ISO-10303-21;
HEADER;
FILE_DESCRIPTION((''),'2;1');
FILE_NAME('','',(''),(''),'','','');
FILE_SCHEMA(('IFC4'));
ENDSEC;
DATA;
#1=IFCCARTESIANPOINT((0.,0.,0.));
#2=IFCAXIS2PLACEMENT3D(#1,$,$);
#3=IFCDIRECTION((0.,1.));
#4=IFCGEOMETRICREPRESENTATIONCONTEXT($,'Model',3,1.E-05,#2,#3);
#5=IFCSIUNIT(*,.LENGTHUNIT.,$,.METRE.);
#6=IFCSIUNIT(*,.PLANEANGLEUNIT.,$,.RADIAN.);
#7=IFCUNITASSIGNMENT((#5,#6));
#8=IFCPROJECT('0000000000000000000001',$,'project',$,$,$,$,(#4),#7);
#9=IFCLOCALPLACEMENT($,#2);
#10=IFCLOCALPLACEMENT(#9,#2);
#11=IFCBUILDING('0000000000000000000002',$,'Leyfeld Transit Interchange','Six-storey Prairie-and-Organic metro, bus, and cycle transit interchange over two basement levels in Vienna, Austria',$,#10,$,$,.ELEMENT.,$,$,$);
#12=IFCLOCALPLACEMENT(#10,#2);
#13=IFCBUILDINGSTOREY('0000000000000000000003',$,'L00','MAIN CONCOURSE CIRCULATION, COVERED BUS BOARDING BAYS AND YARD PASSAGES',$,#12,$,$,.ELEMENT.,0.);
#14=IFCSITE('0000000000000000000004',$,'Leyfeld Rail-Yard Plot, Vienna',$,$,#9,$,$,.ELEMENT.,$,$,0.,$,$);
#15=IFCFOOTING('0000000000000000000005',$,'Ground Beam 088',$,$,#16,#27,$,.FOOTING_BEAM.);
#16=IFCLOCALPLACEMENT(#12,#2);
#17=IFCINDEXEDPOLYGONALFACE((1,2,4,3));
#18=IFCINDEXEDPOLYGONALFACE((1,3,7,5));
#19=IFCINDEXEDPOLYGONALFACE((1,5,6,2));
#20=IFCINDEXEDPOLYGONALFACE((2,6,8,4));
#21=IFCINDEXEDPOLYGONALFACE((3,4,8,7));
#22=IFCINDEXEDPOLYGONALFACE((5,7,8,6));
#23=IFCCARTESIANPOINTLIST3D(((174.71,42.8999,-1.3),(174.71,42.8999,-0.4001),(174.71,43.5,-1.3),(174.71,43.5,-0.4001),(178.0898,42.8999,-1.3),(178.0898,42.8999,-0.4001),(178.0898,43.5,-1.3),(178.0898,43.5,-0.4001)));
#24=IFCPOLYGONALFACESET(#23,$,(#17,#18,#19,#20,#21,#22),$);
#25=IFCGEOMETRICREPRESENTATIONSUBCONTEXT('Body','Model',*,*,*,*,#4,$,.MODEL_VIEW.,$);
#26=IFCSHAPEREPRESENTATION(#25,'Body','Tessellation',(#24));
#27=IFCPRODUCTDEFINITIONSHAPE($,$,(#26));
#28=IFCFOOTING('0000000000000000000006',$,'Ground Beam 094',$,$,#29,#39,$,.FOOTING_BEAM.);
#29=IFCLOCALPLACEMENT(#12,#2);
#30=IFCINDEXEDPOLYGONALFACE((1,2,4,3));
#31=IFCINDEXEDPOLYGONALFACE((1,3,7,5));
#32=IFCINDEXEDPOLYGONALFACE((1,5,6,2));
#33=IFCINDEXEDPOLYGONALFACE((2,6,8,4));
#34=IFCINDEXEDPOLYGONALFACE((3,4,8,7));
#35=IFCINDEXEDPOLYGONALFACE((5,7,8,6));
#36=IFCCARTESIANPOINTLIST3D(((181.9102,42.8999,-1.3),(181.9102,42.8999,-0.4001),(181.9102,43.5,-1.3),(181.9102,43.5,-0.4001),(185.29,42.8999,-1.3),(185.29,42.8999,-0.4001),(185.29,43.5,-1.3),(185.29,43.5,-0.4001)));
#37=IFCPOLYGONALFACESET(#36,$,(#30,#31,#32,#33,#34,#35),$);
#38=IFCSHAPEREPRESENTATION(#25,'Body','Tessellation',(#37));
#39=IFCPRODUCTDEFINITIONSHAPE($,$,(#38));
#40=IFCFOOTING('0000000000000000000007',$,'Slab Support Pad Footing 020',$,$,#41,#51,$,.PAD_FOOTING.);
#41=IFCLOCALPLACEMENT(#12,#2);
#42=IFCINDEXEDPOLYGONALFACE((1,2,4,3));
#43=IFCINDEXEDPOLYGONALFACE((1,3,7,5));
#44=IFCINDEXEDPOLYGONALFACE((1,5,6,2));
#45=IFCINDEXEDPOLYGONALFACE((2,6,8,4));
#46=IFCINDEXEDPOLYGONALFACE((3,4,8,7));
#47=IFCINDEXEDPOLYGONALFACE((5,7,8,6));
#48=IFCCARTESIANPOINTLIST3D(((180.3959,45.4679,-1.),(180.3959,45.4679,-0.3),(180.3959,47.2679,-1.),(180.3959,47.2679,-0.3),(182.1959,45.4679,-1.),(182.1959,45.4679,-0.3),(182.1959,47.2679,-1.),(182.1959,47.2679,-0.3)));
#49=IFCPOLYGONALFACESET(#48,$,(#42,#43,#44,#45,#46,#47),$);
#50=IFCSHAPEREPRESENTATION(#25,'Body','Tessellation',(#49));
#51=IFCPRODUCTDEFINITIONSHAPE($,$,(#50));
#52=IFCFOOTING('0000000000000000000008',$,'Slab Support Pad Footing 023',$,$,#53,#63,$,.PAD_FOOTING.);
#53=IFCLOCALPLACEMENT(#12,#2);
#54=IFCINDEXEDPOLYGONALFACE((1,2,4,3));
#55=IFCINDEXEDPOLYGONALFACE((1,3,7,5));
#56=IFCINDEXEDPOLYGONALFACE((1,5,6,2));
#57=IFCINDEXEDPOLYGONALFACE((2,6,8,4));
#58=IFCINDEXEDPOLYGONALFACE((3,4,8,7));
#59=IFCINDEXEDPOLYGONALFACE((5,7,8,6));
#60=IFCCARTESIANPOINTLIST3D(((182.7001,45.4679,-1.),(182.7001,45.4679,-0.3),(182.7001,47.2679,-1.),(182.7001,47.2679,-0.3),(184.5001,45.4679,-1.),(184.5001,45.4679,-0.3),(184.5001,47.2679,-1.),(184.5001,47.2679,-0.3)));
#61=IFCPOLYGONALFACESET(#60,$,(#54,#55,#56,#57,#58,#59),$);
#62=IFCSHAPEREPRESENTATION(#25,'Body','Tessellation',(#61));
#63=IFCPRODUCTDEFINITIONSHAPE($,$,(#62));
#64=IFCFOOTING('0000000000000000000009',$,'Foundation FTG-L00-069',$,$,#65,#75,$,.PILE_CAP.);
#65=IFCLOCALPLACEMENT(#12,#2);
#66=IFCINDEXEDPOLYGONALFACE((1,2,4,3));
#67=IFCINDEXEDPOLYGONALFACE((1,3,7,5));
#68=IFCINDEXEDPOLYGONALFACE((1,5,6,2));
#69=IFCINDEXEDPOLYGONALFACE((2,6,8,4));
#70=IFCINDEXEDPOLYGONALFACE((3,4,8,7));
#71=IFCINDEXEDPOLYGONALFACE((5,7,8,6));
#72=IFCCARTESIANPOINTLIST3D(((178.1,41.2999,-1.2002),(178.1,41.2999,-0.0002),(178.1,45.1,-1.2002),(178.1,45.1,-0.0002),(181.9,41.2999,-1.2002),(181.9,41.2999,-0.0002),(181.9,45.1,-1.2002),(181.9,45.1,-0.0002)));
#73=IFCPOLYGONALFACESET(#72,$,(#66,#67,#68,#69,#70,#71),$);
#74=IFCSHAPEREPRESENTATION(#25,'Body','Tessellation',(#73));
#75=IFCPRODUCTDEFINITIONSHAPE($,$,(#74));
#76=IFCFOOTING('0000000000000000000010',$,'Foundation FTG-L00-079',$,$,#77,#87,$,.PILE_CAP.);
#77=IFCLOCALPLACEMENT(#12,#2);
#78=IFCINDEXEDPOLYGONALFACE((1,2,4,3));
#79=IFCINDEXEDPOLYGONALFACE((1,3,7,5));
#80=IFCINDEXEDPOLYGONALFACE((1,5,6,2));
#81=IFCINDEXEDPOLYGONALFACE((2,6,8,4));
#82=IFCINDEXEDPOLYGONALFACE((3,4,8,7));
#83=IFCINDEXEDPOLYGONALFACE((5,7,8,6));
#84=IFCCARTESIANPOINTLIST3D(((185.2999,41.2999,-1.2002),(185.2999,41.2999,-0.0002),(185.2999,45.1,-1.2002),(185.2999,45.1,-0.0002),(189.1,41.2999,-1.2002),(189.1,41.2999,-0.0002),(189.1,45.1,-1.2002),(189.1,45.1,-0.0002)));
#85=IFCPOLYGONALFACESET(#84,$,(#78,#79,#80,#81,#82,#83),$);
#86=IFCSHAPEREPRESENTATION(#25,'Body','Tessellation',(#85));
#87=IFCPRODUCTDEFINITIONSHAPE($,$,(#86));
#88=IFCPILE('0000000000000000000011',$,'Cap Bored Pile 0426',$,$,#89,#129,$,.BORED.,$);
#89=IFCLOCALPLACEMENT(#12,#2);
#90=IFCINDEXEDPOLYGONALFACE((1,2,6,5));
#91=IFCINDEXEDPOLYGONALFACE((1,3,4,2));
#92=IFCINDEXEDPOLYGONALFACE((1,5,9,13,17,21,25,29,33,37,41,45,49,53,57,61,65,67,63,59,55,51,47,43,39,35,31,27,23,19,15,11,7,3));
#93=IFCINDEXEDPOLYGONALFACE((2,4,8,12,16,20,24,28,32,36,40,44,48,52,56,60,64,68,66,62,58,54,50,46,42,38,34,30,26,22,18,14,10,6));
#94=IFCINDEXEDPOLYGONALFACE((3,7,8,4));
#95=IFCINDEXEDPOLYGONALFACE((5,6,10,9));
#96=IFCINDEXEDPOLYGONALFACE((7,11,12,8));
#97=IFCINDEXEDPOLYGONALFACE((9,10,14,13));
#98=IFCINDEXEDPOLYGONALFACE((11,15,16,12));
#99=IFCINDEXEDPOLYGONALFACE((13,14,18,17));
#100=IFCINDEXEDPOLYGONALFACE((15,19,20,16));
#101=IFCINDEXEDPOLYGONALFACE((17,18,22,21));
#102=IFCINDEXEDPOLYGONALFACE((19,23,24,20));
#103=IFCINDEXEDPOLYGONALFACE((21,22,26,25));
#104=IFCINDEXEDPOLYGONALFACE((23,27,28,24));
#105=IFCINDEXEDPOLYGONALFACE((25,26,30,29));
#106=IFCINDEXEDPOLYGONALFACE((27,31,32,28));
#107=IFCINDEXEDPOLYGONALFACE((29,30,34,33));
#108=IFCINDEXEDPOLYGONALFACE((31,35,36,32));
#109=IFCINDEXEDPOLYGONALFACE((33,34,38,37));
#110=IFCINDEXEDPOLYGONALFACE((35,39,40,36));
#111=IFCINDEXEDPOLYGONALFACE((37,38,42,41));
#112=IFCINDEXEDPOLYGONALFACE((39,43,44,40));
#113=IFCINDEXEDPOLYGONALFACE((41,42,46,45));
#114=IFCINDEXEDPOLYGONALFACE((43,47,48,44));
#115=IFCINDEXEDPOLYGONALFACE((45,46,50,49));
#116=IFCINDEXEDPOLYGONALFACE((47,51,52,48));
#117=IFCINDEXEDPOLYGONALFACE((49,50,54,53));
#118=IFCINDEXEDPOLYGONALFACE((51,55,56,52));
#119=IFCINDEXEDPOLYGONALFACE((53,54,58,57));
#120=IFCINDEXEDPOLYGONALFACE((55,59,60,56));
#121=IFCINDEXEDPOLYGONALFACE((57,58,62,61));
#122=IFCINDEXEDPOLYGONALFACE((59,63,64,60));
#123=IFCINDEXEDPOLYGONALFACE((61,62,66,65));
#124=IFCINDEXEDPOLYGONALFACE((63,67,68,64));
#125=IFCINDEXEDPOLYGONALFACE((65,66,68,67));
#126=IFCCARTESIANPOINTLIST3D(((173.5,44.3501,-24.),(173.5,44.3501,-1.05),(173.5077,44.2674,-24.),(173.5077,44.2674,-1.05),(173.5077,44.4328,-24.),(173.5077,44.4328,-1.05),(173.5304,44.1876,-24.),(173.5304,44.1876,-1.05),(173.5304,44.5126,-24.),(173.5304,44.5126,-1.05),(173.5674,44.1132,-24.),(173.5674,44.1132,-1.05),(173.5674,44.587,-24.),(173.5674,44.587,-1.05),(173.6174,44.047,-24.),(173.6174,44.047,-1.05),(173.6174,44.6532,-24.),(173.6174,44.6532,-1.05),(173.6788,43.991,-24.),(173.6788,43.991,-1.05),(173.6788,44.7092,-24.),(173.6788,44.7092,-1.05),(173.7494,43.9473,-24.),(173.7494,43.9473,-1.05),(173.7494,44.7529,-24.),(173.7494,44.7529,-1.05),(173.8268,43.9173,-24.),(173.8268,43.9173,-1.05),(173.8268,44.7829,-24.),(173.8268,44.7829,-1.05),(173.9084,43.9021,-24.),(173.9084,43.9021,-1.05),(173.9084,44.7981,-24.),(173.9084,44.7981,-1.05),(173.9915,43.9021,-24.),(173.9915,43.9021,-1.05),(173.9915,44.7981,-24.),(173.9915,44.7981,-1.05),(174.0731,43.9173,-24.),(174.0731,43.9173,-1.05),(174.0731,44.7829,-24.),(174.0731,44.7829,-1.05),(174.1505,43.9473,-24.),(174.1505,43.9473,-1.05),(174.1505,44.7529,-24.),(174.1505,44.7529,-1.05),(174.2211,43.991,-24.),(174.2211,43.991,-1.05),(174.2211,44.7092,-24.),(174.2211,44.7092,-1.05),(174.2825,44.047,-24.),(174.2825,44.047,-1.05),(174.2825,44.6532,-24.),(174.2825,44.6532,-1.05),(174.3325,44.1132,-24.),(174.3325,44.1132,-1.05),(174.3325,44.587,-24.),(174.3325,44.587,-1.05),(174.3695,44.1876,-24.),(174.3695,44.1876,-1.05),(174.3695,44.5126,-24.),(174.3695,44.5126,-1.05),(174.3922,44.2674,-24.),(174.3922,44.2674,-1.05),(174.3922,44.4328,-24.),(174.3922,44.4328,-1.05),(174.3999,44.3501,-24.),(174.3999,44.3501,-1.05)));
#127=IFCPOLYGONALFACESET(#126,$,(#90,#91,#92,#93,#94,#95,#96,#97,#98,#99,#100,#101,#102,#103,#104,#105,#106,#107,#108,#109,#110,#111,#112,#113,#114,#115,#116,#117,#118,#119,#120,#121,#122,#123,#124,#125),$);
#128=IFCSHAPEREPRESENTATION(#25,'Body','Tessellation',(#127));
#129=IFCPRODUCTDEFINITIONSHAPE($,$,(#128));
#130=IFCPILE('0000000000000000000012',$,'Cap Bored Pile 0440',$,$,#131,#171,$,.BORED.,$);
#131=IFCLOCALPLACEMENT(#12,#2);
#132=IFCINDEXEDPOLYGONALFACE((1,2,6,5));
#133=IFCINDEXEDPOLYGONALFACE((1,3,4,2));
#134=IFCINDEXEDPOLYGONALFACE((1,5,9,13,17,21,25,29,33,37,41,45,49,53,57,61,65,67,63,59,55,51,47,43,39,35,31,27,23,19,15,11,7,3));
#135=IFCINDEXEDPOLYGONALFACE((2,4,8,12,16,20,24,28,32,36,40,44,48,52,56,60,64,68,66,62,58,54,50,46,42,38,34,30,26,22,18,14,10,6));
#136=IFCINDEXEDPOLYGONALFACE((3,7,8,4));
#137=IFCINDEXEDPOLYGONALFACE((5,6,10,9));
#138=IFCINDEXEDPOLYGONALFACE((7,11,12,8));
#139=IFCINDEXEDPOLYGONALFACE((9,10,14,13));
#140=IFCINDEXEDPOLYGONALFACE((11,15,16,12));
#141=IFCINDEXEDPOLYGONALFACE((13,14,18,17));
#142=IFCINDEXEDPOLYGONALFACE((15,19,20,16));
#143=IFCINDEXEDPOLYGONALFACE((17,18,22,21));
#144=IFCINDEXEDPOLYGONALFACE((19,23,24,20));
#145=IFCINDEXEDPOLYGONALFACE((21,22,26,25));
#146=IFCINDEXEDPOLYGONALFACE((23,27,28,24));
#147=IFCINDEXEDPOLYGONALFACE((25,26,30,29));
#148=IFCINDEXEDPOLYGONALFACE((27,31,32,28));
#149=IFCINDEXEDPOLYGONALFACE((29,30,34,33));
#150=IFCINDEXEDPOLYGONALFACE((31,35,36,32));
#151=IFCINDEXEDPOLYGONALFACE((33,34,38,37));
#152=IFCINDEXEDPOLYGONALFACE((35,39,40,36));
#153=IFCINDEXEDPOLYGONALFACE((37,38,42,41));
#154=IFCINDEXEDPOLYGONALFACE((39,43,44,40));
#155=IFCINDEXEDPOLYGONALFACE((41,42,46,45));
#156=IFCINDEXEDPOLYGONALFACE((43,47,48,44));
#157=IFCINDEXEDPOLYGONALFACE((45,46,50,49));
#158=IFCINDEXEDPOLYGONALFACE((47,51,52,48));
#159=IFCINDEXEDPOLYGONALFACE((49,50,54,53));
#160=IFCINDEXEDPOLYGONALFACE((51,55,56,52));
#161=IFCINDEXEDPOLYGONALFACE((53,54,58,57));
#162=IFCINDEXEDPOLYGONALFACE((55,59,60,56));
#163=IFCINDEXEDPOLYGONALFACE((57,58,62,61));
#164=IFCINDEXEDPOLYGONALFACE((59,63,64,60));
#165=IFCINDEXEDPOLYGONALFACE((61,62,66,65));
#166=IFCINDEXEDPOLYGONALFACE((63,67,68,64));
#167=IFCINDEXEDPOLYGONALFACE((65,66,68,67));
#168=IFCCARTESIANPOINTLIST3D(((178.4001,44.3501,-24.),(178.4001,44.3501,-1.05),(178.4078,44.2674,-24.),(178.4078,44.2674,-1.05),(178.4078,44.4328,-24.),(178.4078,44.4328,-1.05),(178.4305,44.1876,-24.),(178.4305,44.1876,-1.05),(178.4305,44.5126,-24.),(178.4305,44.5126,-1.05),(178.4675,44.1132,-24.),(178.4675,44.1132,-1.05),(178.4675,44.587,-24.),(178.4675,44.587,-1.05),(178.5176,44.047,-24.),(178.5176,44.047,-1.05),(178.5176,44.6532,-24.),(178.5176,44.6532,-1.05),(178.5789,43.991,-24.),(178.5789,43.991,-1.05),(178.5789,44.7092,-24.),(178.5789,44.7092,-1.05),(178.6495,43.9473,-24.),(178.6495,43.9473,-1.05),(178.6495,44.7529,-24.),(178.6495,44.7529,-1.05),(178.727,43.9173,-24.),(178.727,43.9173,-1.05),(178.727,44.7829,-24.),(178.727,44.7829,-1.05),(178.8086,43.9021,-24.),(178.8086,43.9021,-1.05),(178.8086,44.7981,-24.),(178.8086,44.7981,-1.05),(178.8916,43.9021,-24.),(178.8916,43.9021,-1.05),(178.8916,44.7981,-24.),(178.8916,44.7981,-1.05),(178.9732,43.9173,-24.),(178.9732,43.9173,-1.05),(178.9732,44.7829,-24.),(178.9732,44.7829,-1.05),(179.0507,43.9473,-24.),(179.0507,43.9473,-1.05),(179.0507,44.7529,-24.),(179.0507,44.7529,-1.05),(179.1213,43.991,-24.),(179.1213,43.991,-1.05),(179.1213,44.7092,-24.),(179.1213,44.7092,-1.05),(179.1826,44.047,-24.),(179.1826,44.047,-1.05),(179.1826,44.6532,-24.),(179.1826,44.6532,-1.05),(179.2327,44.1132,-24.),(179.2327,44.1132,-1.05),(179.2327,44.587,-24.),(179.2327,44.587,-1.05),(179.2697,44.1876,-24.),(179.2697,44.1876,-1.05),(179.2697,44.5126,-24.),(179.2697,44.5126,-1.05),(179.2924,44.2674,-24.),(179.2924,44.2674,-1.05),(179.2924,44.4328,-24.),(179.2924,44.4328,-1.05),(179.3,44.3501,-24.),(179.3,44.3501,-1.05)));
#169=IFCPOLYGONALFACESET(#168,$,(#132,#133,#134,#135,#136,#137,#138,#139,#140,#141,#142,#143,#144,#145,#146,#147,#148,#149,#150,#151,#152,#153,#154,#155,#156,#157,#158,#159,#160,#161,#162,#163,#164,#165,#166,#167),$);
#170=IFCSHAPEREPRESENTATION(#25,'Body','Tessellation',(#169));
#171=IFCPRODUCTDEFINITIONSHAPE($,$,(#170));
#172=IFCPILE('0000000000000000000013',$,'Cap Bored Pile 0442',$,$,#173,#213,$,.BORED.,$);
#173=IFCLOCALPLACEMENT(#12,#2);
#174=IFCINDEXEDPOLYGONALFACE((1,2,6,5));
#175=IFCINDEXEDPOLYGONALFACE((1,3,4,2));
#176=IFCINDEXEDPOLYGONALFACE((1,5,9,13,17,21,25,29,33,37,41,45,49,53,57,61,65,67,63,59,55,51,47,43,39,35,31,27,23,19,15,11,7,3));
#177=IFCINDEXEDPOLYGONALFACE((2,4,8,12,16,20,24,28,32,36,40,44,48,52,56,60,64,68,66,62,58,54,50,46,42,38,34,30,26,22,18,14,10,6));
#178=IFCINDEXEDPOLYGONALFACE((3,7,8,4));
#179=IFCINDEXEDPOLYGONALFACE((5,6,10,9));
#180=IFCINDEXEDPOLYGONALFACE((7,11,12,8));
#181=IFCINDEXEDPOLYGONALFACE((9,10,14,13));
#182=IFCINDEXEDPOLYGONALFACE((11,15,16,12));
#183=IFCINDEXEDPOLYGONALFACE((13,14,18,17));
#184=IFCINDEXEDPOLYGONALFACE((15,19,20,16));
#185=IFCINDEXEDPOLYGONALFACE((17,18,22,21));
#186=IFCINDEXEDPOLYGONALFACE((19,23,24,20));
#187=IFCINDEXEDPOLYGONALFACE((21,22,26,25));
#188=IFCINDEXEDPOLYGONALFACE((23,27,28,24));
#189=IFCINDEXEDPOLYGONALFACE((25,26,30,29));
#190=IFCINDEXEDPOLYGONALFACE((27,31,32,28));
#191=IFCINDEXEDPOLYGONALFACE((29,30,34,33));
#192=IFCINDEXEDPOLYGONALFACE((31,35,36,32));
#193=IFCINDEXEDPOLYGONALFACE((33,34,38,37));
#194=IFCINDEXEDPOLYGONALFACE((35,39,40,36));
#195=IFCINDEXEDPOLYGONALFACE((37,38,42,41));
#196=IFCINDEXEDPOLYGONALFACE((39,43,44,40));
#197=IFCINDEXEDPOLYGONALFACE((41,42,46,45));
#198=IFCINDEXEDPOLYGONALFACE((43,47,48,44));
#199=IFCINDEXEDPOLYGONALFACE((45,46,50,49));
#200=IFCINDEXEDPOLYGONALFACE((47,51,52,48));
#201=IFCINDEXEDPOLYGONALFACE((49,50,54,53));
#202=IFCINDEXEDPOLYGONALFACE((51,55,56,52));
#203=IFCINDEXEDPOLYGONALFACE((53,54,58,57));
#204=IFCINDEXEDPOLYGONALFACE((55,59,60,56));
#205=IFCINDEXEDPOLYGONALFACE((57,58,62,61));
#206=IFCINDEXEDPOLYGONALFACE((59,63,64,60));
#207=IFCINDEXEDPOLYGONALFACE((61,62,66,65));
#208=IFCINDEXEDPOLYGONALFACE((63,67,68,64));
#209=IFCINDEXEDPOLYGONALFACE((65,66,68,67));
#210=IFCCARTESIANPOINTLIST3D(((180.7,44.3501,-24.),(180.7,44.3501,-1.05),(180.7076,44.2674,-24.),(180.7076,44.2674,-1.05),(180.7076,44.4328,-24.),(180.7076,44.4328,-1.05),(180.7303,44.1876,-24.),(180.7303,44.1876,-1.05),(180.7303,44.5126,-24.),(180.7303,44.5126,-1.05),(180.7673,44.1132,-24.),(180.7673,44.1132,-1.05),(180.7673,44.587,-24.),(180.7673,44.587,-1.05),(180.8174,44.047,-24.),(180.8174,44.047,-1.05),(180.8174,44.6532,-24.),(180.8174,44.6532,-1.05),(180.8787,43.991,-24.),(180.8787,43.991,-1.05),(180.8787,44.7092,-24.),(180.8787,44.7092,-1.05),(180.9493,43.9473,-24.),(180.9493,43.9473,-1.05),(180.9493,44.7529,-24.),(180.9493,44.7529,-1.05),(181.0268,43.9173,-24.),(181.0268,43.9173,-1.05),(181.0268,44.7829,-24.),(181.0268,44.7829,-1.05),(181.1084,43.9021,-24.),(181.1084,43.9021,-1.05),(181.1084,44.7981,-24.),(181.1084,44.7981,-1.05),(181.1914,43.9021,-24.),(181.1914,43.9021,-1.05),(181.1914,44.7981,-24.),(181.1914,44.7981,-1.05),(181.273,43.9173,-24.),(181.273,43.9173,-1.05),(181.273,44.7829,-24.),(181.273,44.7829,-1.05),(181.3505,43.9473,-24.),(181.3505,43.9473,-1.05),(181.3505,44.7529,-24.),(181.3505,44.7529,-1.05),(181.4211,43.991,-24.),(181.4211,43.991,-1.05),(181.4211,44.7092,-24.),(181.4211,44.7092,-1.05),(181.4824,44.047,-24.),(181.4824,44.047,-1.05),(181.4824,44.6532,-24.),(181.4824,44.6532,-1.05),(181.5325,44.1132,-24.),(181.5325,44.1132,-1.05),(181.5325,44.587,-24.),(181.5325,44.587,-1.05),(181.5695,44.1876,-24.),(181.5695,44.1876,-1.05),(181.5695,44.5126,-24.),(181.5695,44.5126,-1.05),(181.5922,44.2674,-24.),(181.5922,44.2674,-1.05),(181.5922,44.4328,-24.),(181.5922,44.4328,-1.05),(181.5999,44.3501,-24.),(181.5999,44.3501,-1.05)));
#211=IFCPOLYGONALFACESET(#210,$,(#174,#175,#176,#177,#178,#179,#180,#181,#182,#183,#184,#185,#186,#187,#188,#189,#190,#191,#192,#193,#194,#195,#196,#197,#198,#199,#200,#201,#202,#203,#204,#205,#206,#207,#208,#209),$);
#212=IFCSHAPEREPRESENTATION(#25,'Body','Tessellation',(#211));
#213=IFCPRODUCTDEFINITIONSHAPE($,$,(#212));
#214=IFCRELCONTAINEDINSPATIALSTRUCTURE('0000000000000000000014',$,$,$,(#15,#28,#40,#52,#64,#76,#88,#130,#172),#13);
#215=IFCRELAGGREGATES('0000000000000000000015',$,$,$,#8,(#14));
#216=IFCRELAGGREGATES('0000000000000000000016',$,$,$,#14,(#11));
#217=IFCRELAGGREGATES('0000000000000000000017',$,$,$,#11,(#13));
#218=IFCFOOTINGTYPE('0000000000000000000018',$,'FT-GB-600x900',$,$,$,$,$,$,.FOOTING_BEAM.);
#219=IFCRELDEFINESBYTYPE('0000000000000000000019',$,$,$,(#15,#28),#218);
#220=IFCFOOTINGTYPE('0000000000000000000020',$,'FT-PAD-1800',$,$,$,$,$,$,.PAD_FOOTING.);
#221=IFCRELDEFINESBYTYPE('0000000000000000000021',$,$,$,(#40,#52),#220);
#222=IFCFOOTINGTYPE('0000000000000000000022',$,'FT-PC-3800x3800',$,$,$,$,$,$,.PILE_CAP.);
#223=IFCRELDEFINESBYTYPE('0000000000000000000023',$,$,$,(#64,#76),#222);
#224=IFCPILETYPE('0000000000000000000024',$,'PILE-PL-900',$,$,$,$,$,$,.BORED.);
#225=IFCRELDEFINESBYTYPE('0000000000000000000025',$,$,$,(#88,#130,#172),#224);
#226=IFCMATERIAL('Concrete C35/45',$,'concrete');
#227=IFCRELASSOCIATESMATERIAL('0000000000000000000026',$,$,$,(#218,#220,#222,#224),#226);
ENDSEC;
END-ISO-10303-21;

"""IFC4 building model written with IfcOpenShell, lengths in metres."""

from ifc_helpers import new_model, si_unit, direction, frame, origin, origin_2d, place, context, subcontext, project, spatial, rectangle, circle, extrude, material, material_profile, profile_set, type_object, element, save


model = new_model("IFC4")

# Units and contexts
model_context = context("Model", 3, precision=1e-05, world=origin(), true_north=direction((0.0, 1.0)))
body_context = subcontext(model_context, "Body", "Model", "MODEL_VIEW")
ifc_project = project(units=[si_unit("LENGTHUNIT", "METRE"), si_unit("PLANEANGLEUNIT", "RADIAN")], contexts=[model_context])

# Site, building, storey
site_placement = place(None, origin())
site = spatial("IfcSite", under=ifc_project, at=site_placement, Name="Leyfeld Rail-Yard Plot, Vienna", CompositionType="ELEMENT", RefElevation=0.0)
building_placement = place(site_placement, origin())
building = spatial("IfcBuilding", under=site, at=building_placement, Name="Leyfeld Transit Interchange", Description="Six-storey Prairie-and-Organic metro, bus, and cycle transit interchange over two basement levels in Vienna, Austria", CompositionType="ELEMENT")
storey_placement = place(building_placement, origin())
storey = spatial("IfcBuildingStorey", under=building, at=storey_placement, Name="L00", Description="MAIN CONCOURSE CIRCULATION, COVERED BUS BOARDING BAYS AND YARD PASSAGES", CompositionType="ELEMENT", Elevation=0.0)

# Footings
ifc_material_1 = material(Name="Concrete C35/45", Category="concrete")
footing_type_1 = type_object("IfcFootingType", Name="FT-GB-600x900", PredefinedType="FOOTING_BEAM", material=ifc_material_1)
for number, where, z_axis, x_axis, name in (
    (1, (176.3999, 43.2, -1.3), (0.0, 0.0, 1.0), (1.0, 0.0, 0.0), "Ground Beam 088"),
    (2, (183.6001, 43.2, -1.3), (0.0, 0.0, 1.0), (1.0, 0.0, 0.0), "Ground Beam 094"),
):
    element("IfcFooting", number, at=place(storey_placement, frame(where, z_axis=z_axis, x_axis=x_axis)), inside=storey, type_object=footing_type_1, Name=name, PredefinedType="FOOTING_BEAM", context=body_context, shape_type="SweptSolid", body=[
        extrude(rectangle(XDim=3.3799, YDim=0.6001, at=origin_2d()), origin(), (0.0, 0.0, 1.0), 0.8999),
    ])
footing_type_2 = type_object("IfcFootingType", Name="FT-PAD-1800", PredefinedType="PAD_FOOTING", material=ifc_material_1)
for number, where, z_axis, x_axis, name in (
    (3, (181.2959, 46.3679, -1.0), (0.0, 0.0, 1.0), (1.0, 0.0, 0.0), "Slab Support Pad Footing 020"),
    (4, (183.6001, 46.3679, -1.0), (0.0, 0.0, 1.0), (1.0, 0.0, 0.0), "Slab Support Pad Footing 023"),
):
    element("IfcFooting", number, at=place(storey_placement, frame(where, z_axis=z_axis, x_axis=x_axis)), inside=storey, type_object=footing_type_2, Name=name, PredefinedType="PAD_FOOTING", context=body_context, shape_type="SweptSolid", body=[
        extrude(rectangle(XDim=1.8, YDim=1.8, at=origin_2d()), origin(), (0.0, 0.0, 1.0), 0.7),
    ])
footing_type_3 = type_object("IfcFootingType", Name="FT-PC-3800x3800", PredefinedType="PILE_CAP", material=ifc_material_1)
for number, where, z_axis, x_axis, name in (
    (5, (180.0, 43.2, -1.2002), (0.0, 0.0, 1.0), (1.0, 0.0, 0.0), "Foundation FTG-L00-069"),
    (6, (187.2, 43.2, -1.2002), (0.0, 0.0, 1.0), (1.0, 0.0, 0.0), "Foundation FTG-L00-079"),
):
    element("IfcFooting", number, at=place(storey_placement, frame(where, z_axis=z_axis, x_axis=x_axis)), inside=storey, type_object=footing_type_3, Name=name, PredefinedType="PILE_CAP", context=body_context, shape_type="SweptSolid", body=[
        extrude(rectangle(XDim=3.8, YDim=3.8, at=origin_2d()), origin(), (0.0, 0.0, 1.0), 1.2),
    ])

# Piles
ifc_material_profile_1 = material_profile(ifc_material_1, circle(Radius=0.45, at=origin_2d()), Name="PILE D900")
ifc_profile_set_1 = profile_set([ifc_material_profile_1], Name="Concrete C35/45")
pile_type = type_object("IfcPileType", Name="PILE-PL-900", PredefinedType="BORED", material=ifc_profile_set_1)
for number, where, z_axis, x_axis, name in (
    (7, (173.95, 44.3501, -1.05), (0.0, 0.0, -1.0), (1.0, 0.0, 0.0), "Cap Bored Pile 0426"),
    (8, (178.8501, 44.3501, -1.05), (0.0, 0.0, -1.0), (1.0, 0.0, 0.0), "Cap Bored Pile 0440"),
    (9, (181.1499, 44.3501, -1.05), (0.0, 0.0, -1.0), (1.0, 0.0, 0.0), "Cap Bored Pile 0442"),
):
    element("IfcPile", number, at=place(storey_placement, frame(where, z_axis=z_axis, x_axis=x_axis)), inside=storey, type_object=pile_type, Name=name, PredefinedType="BORED", context=body_context, shape_type="SweptSolid", body=[
        extrude(circle(Radius=0.45, at=origin_2d()), origin(), (0.0, 0.0, 1.0), 22.95),
    ])

save(model, "model.ifc")
